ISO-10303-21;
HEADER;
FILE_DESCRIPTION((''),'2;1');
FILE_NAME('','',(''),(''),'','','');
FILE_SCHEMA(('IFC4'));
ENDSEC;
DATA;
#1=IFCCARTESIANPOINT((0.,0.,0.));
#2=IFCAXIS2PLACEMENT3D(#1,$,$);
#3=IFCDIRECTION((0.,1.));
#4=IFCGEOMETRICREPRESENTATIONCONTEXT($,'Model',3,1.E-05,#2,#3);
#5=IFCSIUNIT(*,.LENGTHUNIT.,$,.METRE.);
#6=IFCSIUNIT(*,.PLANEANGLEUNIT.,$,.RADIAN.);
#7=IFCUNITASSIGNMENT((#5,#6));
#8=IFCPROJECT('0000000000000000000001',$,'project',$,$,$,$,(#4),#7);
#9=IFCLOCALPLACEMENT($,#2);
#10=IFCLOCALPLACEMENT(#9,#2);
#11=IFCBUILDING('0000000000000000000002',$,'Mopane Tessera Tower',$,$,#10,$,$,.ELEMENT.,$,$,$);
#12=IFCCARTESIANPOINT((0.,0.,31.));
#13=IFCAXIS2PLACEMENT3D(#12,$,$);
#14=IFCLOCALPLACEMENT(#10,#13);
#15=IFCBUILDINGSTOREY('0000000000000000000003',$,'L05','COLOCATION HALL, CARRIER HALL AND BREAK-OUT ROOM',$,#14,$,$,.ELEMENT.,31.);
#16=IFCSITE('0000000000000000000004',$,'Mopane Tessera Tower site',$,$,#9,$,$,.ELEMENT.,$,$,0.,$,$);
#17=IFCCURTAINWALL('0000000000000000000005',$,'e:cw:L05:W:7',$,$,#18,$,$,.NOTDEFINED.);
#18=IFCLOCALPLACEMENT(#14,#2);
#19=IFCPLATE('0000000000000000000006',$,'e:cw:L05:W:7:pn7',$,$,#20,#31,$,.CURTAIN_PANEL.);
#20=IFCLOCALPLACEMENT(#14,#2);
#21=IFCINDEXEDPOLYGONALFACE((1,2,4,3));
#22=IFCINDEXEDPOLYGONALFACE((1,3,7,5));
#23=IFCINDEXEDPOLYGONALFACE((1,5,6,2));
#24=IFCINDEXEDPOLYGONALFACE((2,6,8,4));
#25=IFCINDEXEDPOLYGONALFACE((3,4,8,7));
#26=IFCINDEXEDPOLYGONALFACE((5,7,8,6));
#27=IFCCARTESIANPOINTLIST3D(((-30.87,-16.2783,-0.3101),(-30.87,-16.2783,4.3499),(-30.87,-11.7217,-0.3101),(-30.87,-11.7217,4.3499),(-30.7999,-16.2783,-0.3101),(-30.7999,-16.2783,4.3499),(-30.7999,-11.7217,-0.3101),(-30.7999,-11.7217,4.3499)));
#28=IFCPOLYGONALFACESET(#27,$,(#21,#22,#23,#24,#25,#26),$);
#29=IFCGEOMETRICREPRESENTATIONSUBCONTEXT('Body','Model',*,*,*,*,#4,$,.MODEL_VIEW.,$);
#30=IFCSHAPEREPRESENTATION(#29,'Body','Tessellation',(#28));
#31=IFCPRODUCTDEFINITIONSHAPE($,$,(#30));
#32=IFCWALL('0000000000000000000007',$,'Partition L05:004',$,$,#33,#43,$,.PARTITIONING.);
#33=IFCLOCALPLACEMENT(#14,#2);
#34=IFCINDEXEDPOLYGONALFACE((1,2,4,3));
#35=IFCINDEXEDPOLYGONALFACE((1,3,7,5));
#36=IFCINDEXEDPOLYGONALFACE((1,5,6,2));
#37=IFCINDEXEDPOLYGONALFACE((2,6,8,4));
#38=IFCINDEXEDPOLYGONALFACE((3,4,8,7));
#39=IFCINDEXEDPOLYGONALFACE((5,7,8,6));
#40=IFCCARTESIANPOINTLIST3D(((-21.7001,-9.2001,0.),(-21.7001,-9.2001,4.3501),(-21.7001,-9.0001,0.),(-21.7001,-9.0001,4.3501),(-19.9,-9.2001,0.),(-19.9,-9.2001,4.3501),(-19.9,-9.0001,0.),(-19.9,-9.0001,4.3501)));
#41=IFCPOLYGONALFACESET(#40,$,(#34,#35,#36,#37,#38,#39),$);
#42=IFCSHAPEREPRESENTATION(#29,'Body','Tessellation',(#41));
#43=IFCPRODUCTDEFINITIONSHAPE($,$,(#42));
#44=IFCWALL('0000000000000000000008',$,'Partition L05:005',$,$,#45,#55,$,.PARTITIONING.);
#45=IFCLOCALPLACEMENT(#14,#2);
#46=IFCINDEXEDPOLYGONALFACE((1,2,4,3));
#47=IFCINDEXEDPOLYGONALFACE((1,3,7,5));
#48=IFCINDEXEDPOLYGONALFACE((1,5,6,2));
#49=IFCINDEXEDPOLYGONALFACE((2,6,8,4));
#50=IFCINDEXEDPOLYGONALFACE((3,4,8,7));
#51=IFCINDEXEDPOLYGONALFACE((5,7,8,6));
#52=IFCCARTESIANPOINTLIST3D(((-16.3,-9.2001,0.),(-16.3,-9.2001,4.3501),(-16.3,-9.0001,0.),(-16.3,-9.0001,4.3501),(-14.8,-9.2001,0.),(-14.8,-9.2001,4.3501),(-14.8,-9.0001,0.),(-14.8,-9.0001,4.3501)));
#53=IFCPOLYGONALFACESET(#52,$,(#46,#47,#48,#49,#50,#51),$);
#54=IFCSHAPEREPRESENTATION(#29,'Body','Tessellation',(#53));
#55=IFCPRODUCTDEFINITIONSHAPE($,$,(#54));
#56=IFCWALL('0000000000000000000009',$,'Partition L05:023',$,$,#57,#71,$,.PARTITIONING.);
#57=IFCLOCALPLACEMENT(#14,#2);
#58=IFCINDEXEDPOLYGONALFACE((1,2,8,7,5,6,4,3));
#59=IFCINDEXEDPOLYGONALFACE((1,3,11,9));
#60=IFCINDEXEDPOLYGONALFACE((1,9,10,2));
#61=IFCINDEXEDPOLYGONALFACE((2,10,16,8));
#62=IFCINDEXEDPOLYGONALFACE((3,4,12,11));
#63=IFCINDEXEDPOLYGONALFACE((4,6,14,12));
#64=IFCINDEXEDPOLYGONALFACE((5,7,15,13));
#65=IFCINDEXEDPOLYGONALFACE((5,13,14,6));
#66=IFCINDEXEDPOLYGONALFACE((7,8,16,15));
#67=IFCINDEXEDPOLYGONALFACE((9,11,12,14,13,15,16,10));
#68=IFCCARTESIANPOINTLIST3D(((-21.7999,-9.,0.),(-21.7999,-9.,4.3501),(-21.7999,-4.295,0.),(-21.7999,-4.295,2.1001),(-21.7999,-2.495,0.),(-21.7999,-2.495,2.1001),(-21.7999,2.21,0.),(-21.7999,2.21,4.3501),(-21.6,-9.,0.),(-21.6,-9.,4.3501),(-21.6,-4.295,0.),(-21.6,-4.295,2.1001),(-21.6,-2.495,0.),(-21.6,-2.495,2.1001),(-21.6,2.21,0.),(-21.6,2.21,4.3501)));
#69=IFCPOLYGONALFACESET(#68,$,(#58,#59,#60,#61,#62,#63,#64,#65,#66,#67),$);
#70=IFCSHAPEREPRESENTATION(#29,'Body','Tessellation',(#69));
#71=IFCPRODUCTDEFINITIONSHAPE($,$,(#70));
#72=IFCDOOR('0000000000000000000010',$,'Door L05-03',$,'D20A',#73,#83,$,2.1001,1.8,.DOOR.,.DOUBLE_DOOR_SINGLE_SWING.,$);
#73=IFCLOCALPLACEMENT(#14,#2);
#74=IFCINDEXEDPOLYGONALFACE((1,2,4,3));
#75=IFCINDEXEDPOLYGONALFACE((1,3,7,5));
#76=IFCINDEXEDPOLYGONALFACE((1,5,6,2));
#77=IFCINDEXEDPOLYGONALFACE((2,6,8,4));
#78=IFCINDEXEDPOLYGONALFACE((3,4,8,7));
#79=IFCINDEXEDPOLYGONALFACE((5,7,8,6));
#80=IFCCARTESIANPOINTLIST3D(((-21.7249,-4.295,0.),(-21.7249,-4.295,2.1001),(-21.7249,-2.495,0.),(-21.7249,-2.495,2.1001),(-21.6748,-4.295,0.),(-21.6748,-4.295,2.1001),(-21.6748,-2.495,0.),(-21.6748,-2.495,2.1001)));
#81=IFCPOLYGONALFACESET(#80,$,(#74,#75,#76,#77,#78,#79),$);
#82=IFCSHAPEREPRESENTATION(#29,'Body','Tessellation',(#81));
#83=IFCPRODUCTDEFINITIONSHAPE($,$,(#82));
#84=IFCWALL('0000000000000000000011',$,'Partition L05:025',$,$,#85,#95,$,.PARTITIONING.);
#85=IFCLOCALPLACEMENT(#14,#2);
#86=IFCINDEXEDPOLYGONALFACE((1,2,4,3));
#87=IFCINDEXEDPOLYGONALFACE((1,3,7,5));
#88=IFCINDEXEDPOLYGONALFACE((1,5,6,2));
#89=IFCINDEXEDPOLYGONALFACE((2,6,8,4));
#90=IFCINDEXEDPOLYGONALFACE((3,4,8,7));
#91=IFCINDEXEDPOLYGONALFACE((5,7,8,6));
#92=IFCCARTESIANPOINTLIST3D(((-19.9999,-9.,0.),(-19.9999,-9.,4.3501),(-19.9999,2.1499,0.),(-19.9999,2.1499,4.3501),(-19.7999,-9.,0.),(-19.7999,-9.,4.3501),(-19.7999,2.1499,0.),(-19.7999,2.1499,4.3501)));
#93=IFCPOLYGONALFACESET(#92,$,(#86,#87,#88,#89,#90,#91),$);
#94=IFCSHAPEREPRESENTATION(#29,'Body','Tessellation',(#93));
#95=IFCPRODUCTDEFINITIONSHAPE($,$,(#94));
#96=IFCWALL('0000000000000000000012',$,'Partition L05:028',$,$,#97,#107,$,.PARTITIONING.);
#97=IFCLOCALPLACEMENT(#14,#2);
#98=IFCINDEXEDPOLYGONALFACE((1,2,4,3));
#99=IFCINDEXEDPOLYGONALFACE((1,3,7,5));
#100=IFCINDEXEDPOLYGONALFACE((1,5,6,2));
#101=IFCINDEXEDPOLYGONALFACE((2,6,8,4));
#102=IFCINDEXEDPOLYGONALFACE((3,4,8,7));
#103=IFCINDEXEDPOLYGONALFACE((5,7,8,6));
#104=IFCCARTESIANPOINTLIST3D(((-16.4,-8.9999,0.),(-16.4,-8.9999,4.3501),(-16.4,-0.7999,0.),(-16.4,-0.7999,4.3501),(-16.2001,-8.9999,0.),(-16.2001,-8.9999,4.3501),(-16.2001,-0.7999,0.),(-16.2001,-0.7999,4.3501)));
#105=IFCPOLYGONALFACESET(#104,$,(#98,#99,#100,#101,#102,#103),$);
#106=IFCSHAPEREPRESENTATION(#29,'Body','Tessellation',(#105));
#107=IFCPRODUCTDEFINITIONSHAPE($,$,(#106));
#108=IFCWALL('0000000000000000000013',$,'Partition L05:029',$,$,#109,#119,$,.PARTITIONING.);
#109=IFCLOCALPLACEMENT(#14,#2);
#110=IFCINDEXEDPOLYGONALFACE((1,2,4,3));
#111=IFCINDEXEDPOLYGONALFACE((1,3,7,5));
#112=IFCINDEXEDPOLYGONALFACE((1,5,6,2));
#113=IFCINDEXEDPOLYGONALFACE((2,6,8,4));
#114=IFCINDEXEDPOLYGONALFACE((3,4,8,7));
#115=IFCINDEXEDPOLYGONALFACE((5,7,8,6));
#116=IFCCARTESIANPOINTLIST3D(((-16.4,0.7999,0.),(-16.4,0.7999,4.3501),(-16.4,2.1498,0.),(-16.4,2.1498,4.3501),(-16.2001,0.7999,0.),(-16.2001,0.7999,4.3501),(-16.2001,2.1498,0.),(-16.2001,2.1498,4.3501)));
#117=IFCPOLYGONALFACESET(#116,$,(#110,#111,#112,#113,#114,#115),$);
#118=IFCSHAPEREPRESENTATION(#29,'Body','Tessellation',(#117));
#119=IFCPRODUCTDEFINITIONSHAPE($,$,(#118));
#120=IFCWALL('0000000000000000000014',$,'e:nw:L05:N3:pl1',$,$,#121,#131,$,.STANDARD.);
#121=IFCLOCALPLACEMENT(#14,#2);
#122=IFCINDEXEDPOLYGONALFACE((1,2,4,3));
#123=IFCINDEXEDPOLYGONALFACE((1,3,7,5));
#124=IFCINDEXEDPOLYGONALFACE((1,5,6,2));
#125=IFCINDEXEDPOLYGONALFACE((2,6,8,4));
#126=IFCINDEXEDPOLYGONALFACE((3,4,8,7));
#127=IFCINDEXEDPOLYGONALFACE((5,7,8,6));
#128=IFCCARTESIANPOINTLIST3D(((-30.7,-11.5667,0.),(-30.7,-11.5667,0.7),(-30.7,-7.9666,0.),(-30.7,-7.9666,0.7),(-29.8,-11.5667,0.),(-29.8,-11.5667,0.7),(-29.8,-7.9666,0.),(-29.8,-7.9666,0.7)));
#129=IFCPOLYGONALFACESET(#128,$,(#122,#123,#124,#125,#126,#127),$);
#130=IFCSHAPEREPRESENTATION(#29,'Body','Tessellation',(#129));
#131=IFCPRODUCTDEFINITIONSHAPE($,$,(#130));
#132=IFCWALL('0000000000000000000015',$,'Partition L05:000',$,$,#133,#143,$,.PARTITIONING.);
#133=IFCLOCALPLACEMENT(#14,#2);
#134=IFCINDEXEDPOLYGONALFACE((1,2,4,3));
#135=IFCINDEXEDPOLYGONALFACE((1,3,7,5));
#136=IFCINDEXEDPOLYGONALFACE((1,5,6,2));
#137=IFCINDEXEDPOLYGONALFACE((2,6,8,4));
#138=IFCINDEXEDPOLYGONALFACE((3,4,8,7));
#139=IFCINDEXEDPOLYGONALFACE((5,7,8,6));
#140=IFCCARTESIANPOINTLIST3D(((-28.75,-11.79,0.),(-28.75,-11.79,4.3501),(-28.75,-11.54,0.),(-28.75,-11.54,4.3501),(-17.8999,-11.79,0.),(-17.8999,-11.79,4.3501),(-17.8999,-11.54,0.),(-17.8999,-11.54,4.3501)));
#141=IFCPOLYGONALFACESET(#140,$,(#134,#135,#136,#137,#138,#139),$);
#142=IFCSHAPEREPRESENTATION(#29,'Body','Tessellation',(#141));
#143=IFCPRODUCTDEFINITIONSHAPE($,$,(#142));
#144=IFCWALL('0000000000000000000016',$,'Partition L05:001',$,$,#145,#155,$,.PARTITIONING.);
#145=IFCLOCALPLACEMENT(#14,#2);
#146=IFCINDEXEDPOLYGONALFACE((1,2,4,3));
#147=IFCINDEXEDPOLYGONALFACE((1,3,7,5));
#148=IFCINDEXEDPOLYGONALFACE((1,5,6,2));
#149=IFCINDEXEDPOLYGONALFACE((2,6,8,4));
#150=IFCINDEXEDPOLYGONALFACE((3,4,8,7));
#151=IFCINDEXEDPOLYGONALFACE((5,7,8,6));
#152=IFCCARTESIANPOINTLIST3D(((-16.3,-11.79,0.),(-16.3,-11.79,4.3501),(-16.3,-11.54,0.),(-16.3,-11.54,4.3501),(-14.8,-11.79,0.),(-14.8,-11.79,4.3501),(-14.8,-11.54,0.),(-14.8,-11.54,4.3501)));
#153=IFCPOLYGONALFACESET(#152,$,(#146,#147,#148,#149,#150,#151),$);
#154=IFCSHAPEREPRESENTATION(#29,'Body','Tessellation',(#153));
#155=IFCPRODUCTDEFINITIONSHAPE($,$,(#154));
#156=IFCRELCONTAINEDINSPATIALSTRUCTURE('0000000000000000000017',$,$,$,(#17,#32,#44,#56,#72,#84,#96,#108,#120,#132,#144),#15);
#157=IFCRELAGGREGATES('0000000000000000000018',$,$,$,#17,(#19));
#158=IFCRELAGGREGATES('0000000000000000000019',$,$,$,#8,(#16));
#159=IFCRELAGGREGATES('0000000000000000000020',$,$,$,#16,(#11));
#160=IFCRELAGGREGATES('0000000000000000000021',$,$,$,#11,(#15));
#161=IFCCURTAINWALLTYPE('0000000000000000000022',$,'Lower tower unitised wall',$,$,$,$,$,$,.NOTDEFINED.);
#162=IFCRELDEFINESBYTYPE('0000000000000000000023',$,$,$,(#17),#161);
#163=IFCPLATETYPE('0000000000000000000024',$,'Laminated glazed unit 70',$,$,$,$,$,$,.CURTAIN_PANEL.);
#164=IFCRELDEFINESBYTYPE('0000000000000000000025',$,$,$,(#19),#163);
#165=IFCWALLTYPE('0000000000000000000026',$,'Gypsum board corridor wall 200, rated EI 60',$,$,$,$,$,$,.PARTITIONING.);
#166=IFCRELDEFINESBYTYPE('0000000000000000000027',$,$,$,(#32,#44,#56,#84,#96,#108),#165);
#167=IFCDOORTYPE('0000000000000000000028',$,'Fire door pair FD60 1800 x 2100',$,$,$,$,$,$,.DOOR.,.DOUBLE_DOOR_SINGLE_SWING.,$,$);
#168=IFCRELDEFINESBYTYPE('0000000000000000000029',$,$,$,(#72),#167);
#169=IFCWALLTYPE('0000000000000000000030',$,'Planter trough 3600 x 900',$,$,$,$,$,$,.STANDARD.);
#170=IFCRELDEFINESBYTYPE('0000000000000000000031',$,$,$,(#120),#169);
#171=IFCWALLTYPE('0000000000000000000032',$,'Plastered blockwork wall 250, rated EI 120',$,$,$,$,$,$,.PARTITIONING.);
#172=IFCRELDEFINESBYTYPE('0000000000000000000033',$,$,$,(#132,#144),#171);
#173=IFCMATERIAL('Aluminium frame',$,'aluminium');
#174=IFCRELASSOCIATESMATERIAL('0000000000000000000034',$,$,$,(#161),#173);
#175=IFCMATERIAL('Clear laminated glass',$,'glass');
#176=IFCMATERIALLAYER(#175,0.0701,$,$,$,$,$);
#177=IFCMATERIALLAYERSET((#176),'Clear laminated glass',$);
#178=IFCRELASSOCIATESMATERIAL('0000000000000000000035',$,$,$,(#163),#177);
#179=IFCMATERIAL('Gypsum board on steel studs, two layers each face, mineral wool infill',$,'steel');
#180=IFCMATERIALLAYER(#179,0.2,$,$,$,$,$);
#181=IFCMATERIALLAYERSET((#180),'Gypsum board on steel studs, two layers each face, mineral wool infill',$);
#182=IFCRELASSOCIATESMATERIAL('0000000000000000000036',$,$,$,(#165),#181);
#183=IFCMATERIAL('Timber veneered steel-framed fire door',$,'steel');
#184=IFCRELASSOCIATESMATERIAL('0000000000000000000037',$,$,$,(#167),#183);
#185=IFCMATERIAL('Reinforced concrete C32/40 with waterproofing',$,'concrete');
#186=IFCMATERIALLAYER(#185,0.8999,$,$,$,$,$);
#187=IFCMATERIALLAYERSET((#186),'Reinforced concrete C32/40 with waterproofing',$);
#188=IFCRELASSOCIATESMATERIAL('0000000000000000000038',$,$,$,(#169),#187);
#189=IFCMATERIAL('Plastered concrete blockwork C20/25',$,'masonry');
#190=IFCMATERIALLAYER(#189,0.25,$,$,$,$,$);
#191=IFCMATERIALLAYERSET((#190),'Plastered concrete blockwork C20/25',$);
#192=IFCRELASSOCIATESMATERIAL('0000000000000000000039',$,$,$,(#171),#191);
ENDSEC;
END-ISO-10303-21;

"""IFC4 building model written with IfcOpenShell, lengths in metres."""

from ifc_helpers import new_model, si_unit, direction, frame, frame_2d, origin, origin_2d, place, context, subcontext, project, spatial, rectangle, extrude, material, layer, layer_set, type_object, element, fill, aggregate, save


model = new_model("IFC4")

# Units and contexts
model_context = context("Model", 3, precision=1e-05, world=origin(), true_north=direction((0.0, 1.0)))
body_context = subcontext(model_context, "Body", "Model", "MODEL_VIEW")
ifc_project = project(units=[si_unit("LENGTHUNIT", "METRE"), si_unit("PLANEANGLEUNIT", "RADIAN")], contexts=[model_context])

# Site, building, storey
site_placement = place(None, origin())
site = spatial("IfcSite", under=ifc_project, at=site_placement, Name="Mopane Tessera Tower site", CompositionType="ELEMENT", RefElevation=0.0)
building_placement = place(site_placement, origin())
building = spatial("IfcBuilding", under=site, at=building_placement, Name="Mopane Tessera Tower", CompositionType="ELEMENT")
storey_placement = place(building_placement, frame((0.0, 0.0, 31.0)))
storey = spatial("IfcBuildingStorey", under=building, at=storey_placement, Name="L05", Description="COLOCATION HALL, CARRIER HALL AND BREAK-OUT ROOM", CompositionType="ELEMENT", Elevation=31.0)

# Curtain wall
ifc_material_1 = material(Name="Aluminium frame", Category="aluminium")
curtain_wall_type = type_object("IfcCurtainWallType", Name="Lower tower unitised wall", PredefinedType="NOTDEFINED", material=ifc_material_1)
curtain_wall_placement = place(storey_placement, origin())
curtain_wall = element("IfcCurtainWall", 1, at=curtain_wall_placement, inside=storey, type_object=curtain_wall_type, Name="e:cw:L05:W:7", PredefinedType="NOTDEFINED")

# Plate
ifc_material_2 = material(Name="Clear laminated glass", Category="glass")
ifc_layer_1 = layer(ifc_material_2, 0.0701)
ifc_layer_set_1 = layer_set([ifc_layer_1], Name="Clear laminated glass")
plate_type = type_object("IfcPlateType", Name="Laminated glazed unit 70", PredefinedType="CURTAIN_PANEL", material=ifc_layer_set_1)
plate_placement = place(storey_placement, frame((-30.835, -14.0, -0.3101), z_axis=(0.0, 0.0, 1.0), x_axis=(0.0, -1.0, 0.0)))
plate = element("IfcPlate", 2, at=plate_placement, type_object=plate_type, Name="e:cw:L05:W:7:pn7", PredefinedType="CURTAIN_PANEL", context=body_context, shape_type="SweptSolid", body=[
    extrude(rectangle(XDim=4.5566, YDim=0.0701, at=origin_2d()), origin(), (0.0, 0.0, 1.0), 4.6599),
])
aggregate(curtain_wall, [plate])

# Walls
ifc_material_3 = material(Name="Gypsum board on steel studs, two layers each face, mineral wool infill", Category="steel")
ifc_layer_2 = layer(ifc_material_3, 0.2)
ifc_layer_set_2 = layer_set([ifc_layer_2], Name="Gypsum board on steel studs, two layers each face, mineral wool infill")
wall_type_1 = type_object("IfcWallType", Name="Gypsum board corridor wall 200, rated EI 60", PredefinedType="PARTITIONING", material=ifc_layer_set_2)
wall_1_placement = place(storey_placement, frame((-21.7, -9.1001, 0.0), z_axis=(0.0, 0.0, 1.0), x_axis=(1.0, 0.0, 0.0)))
element("IfcWall", 3, at=wall_1_placement, inside=storey, type_object=wall_type_1, Name="Partition L05:004", PredefinedType="PARTITIONING", context=body_context, shape_type="SweptSolid", body=[
    extrude(rectangle(XDim=1.8, YDim=0.2, at=frame_2d((0.8999, 0.0))), origin(), (0.0, 0.0, 1.0), 4.3501),
])
wall_2_placement = place(storey_placement, frame((-16.3, -9.1001, 0.0), z_axis=(0.0, 0.0, 1.0), x_axis=(1.0, 0.0, 0.0)))
element("IfcWall", 4, at=wall_2_placement, inside=storey, type_object=wall_type_1, Name="Partition L05:005", PredefinedType="PARTITIONING", context=body_context, shape_type="SweptSolid", body=[
    extrude(rectangle(XDim=1.5, YDim=0.2, at=frame_2d((0.75, 0.0))), origin(), (0.0, 0.0, 1.0), 4.3501),
])

# Wall, opening, door
wall_3_placement = place(storey_placement, frame((-21.7, -9.0, 0.0), z_axis=(0.0, 0.0, 1.0), x_axis=(0.0, 1.0, 0.0)))
wall_3 = element("IfcWall", 5, at=wall_3_placement, inside=storey, type_object=wall_type_1, Name="Partition L05:023", PredefinedType="PARTITIONING", context=body_context, shape_type="SweptSolid", body=[
    extrude(rectangle(XDim=11.21, YDim=0.2, at=frame_2d((5.605, 0.0))), origin(), (0.0, 0.0, 1.0), 4.3501),
])
opening_1_placement = place(wall_3_placement, frame((4.7051, 0.0, 0.0)))
opening_1 = element("IfcOpeningElement", 6, at=opening_1_placement, cuts=wall_3, PredefinedType="OPENING", context=body_context, shape_type="SweptSolid", body=[
    extrude(rectangle(XDim=1.8, YDim=2.1001, at=frame_2d((0.8999, 1.05))), frame((0.0, 0.1121, 0.0), z_axis=(0.0, -1.0, 0.0), x_axis=(1.0, 0.0, 0.0)), (0.0, 0.0, 1.0), 0.2239),
])
ifc_material_4 = material(Name="Timber veneered steel-framed fire door", Category="steel")
door_type_1 = type_object("IfcDoorType", Name="Fire door pair FD60 1800 x 2100", OperationType="DOUBLE_DOOR_SINGLE_SWING", PredefinedType="DOOR", material=ifc_material_4)
door_1_placement = place(opening_1_placement, origin())
door_1 = element("IfcDoor", 7, at=door_1_placement, inside=storey, type_object=door_type_1, Name="Door L05-03", ObjectType="D20A", OperationType="DOUBLE_DOOR_SINGLE_SWING", OverallHeight=2.1001, OverallWidth=1.8, PredefinedType="DOOR", context=body_context, shape_type="SweptSolid", body=[
    extrude(rectangle(XDim=1.8, YDim=2.1001, at=frame_2d((0.8999, 1.05))), frame((0.0, 0.0249, 0.0), z_axis=(0.0, -1.0, 0.0), x_axis=(1.0, 0.0, 0.0)), (0.0, 0.0, 1.0), 0.05),
])
fill(opening_1, door_1)

# Walls
wall_4_placement = place(storey_placement, frame((-19.8999, -9.0, 0.0), z_axis=(0.0, 0.0, 1.0), x_axis=(0.0, 1.0, 0.0)))
element("IfcWall", 8, at=wall_4_placement, inside=storey, type_object=wall_type_1, Name="Partition L05:025", PredefinedType="PARTITIONING", context=body_context, shape_type="SweptSolid", body=[
    extrude(rectangle(XDim=11.1499, YDim=0.2, at=frame_2d((5.575, 0.0))), origin(), (0.0, 0.0, 1.0), 4.3501),
])
wall_5_placement = place(storey_placement, frame((-16.3, -9.0, 0.0), z_axis=(0.0, 0.0, 1.0), x_axis=(0.0, 1.0, 0.0)))
element("IfcWall", 9, at=wall_5_placement, inside=storey, type_object=wall_type_1, Name="Partition L05:028", PredefinedType="PARTITIONING", context=body_context, shape_type="SweptSolid", body=[
    extrude(rectangle(XDim=8.2, YDim=0.2, at=frame_2d((4.1001, 0.0))), origin(), (0.0, 0.0, 1.0), 4.3501),
])
wall_6_placement = place(storey_placement, frame((-16.3, 0.8, 0.0), z_axis=(0.0, 0.0, 1.0), x_axis=(0.0, 1.0, 0.0)))
element("IfcWall", 10, at=wall_6_placement, inside=storey, type_object=wall_type_1, Name="Partition L05:029", PredefinedType="PARTITIONING", context=body_context, shape_type="SweptSolid", body=[
    extrude(rectangle(XDim=1.3499, YDim=0.2, at=frame_2d((0.6748, 0.0))), origin(), (0.0, 0.0, 1.0), 4.3501),
])
ifc_material_5 = material(Name="Reinforced concrete C32/40 with waterproofing", Category="concrete")
ifc_layer_3 = layer(ifc_material_5, 0.8999)
ifc_layer_set_3 = layer_set([ifc_layer_3], Name="Reinforced concrete C32/40 with waterproofing")
wall_type_2 = type_object("IfcWallType", Name="Planter trough 3600 x 900", PredefinedType="STANDARD", material=ifc_layer_set_3)
wall_7_placement = place(storey_placement, frame((-30.25, -7.9666, 0.0), z_axis=(0.0, 0.0, 1.0), x_axis=(0.0, -1.0, 0.0)))
element("IfcWall", 11, at=wall_7_placement, inside=storey, type_object=wall_type_2, Name="e:nw:L05:N3:pl1", PredefinedType="STANDARD", context=body_context, shape_type="SweptSolid", body=[
    extrude(rectangle(XDim=3.6001, YDim=0.8999, at=frame_2d((1.8, 0.0))), origin(), (0.0, 0.0, 1.0), 0.7),
])
ifc_material_6 = material(Name="Plastered concrete blockwork C20/25", Category="masonry")
ifc_layer_4 = layer(ifc_material_6, 0.25)
ifc_layer_set_4 = layer_set([ifc_layer_4], Name="Plastered concrete blockwork C20/25")
wall_type_3 = type_object("IfcWallType", Name="Plastered blockwork wall 250, rated EI 120", PredefinedType="PARTITIONING", material=ifc_layer_set_4)
wall_8_placement = place(storey_placement, frame((-28.75, -11.665, 0.0), z_axis=(0.0, 0.0, 1.0), x_axis=(1.0, 0.0, 0.0)))
element("IfcWall", 12, at=wall_8_placement, inside=storey, type_object=wall_type_3, Name="Partition L05:000", PredefinedType="PARTITIONING", context=body_context, shape_type="SweptSolid", body=[
    extrude(rectangle(XDim=10.8501, YDim=0.25, at=frame_2d((5.425, 0.0))), origin(), (0.0, 0.0, 1.0), 4.3501),
])
wall_9_placement = place(storey_placement, frame((-16.3, -11.665, 0.0), z_axis=(0.0, 0.0, 1.0), x_axis=(1.0, 0.0, 0.0)))
element("IfcWall", 13, at=wall_9_placement, inside=storey, type_object=wall_type_3, Name="Partition L05:001", PredefinedType="PARTITIONING", context=body_context, shape_type="SweptSolid", body=[
    extrude(rectangle(XDim=1.5, YDim=0.25, at=frame_2d((0.75, 0.0))), origin(), (0.0, 0.0, 1.0), 4.3501),
])

save(model, "model.ifc")
